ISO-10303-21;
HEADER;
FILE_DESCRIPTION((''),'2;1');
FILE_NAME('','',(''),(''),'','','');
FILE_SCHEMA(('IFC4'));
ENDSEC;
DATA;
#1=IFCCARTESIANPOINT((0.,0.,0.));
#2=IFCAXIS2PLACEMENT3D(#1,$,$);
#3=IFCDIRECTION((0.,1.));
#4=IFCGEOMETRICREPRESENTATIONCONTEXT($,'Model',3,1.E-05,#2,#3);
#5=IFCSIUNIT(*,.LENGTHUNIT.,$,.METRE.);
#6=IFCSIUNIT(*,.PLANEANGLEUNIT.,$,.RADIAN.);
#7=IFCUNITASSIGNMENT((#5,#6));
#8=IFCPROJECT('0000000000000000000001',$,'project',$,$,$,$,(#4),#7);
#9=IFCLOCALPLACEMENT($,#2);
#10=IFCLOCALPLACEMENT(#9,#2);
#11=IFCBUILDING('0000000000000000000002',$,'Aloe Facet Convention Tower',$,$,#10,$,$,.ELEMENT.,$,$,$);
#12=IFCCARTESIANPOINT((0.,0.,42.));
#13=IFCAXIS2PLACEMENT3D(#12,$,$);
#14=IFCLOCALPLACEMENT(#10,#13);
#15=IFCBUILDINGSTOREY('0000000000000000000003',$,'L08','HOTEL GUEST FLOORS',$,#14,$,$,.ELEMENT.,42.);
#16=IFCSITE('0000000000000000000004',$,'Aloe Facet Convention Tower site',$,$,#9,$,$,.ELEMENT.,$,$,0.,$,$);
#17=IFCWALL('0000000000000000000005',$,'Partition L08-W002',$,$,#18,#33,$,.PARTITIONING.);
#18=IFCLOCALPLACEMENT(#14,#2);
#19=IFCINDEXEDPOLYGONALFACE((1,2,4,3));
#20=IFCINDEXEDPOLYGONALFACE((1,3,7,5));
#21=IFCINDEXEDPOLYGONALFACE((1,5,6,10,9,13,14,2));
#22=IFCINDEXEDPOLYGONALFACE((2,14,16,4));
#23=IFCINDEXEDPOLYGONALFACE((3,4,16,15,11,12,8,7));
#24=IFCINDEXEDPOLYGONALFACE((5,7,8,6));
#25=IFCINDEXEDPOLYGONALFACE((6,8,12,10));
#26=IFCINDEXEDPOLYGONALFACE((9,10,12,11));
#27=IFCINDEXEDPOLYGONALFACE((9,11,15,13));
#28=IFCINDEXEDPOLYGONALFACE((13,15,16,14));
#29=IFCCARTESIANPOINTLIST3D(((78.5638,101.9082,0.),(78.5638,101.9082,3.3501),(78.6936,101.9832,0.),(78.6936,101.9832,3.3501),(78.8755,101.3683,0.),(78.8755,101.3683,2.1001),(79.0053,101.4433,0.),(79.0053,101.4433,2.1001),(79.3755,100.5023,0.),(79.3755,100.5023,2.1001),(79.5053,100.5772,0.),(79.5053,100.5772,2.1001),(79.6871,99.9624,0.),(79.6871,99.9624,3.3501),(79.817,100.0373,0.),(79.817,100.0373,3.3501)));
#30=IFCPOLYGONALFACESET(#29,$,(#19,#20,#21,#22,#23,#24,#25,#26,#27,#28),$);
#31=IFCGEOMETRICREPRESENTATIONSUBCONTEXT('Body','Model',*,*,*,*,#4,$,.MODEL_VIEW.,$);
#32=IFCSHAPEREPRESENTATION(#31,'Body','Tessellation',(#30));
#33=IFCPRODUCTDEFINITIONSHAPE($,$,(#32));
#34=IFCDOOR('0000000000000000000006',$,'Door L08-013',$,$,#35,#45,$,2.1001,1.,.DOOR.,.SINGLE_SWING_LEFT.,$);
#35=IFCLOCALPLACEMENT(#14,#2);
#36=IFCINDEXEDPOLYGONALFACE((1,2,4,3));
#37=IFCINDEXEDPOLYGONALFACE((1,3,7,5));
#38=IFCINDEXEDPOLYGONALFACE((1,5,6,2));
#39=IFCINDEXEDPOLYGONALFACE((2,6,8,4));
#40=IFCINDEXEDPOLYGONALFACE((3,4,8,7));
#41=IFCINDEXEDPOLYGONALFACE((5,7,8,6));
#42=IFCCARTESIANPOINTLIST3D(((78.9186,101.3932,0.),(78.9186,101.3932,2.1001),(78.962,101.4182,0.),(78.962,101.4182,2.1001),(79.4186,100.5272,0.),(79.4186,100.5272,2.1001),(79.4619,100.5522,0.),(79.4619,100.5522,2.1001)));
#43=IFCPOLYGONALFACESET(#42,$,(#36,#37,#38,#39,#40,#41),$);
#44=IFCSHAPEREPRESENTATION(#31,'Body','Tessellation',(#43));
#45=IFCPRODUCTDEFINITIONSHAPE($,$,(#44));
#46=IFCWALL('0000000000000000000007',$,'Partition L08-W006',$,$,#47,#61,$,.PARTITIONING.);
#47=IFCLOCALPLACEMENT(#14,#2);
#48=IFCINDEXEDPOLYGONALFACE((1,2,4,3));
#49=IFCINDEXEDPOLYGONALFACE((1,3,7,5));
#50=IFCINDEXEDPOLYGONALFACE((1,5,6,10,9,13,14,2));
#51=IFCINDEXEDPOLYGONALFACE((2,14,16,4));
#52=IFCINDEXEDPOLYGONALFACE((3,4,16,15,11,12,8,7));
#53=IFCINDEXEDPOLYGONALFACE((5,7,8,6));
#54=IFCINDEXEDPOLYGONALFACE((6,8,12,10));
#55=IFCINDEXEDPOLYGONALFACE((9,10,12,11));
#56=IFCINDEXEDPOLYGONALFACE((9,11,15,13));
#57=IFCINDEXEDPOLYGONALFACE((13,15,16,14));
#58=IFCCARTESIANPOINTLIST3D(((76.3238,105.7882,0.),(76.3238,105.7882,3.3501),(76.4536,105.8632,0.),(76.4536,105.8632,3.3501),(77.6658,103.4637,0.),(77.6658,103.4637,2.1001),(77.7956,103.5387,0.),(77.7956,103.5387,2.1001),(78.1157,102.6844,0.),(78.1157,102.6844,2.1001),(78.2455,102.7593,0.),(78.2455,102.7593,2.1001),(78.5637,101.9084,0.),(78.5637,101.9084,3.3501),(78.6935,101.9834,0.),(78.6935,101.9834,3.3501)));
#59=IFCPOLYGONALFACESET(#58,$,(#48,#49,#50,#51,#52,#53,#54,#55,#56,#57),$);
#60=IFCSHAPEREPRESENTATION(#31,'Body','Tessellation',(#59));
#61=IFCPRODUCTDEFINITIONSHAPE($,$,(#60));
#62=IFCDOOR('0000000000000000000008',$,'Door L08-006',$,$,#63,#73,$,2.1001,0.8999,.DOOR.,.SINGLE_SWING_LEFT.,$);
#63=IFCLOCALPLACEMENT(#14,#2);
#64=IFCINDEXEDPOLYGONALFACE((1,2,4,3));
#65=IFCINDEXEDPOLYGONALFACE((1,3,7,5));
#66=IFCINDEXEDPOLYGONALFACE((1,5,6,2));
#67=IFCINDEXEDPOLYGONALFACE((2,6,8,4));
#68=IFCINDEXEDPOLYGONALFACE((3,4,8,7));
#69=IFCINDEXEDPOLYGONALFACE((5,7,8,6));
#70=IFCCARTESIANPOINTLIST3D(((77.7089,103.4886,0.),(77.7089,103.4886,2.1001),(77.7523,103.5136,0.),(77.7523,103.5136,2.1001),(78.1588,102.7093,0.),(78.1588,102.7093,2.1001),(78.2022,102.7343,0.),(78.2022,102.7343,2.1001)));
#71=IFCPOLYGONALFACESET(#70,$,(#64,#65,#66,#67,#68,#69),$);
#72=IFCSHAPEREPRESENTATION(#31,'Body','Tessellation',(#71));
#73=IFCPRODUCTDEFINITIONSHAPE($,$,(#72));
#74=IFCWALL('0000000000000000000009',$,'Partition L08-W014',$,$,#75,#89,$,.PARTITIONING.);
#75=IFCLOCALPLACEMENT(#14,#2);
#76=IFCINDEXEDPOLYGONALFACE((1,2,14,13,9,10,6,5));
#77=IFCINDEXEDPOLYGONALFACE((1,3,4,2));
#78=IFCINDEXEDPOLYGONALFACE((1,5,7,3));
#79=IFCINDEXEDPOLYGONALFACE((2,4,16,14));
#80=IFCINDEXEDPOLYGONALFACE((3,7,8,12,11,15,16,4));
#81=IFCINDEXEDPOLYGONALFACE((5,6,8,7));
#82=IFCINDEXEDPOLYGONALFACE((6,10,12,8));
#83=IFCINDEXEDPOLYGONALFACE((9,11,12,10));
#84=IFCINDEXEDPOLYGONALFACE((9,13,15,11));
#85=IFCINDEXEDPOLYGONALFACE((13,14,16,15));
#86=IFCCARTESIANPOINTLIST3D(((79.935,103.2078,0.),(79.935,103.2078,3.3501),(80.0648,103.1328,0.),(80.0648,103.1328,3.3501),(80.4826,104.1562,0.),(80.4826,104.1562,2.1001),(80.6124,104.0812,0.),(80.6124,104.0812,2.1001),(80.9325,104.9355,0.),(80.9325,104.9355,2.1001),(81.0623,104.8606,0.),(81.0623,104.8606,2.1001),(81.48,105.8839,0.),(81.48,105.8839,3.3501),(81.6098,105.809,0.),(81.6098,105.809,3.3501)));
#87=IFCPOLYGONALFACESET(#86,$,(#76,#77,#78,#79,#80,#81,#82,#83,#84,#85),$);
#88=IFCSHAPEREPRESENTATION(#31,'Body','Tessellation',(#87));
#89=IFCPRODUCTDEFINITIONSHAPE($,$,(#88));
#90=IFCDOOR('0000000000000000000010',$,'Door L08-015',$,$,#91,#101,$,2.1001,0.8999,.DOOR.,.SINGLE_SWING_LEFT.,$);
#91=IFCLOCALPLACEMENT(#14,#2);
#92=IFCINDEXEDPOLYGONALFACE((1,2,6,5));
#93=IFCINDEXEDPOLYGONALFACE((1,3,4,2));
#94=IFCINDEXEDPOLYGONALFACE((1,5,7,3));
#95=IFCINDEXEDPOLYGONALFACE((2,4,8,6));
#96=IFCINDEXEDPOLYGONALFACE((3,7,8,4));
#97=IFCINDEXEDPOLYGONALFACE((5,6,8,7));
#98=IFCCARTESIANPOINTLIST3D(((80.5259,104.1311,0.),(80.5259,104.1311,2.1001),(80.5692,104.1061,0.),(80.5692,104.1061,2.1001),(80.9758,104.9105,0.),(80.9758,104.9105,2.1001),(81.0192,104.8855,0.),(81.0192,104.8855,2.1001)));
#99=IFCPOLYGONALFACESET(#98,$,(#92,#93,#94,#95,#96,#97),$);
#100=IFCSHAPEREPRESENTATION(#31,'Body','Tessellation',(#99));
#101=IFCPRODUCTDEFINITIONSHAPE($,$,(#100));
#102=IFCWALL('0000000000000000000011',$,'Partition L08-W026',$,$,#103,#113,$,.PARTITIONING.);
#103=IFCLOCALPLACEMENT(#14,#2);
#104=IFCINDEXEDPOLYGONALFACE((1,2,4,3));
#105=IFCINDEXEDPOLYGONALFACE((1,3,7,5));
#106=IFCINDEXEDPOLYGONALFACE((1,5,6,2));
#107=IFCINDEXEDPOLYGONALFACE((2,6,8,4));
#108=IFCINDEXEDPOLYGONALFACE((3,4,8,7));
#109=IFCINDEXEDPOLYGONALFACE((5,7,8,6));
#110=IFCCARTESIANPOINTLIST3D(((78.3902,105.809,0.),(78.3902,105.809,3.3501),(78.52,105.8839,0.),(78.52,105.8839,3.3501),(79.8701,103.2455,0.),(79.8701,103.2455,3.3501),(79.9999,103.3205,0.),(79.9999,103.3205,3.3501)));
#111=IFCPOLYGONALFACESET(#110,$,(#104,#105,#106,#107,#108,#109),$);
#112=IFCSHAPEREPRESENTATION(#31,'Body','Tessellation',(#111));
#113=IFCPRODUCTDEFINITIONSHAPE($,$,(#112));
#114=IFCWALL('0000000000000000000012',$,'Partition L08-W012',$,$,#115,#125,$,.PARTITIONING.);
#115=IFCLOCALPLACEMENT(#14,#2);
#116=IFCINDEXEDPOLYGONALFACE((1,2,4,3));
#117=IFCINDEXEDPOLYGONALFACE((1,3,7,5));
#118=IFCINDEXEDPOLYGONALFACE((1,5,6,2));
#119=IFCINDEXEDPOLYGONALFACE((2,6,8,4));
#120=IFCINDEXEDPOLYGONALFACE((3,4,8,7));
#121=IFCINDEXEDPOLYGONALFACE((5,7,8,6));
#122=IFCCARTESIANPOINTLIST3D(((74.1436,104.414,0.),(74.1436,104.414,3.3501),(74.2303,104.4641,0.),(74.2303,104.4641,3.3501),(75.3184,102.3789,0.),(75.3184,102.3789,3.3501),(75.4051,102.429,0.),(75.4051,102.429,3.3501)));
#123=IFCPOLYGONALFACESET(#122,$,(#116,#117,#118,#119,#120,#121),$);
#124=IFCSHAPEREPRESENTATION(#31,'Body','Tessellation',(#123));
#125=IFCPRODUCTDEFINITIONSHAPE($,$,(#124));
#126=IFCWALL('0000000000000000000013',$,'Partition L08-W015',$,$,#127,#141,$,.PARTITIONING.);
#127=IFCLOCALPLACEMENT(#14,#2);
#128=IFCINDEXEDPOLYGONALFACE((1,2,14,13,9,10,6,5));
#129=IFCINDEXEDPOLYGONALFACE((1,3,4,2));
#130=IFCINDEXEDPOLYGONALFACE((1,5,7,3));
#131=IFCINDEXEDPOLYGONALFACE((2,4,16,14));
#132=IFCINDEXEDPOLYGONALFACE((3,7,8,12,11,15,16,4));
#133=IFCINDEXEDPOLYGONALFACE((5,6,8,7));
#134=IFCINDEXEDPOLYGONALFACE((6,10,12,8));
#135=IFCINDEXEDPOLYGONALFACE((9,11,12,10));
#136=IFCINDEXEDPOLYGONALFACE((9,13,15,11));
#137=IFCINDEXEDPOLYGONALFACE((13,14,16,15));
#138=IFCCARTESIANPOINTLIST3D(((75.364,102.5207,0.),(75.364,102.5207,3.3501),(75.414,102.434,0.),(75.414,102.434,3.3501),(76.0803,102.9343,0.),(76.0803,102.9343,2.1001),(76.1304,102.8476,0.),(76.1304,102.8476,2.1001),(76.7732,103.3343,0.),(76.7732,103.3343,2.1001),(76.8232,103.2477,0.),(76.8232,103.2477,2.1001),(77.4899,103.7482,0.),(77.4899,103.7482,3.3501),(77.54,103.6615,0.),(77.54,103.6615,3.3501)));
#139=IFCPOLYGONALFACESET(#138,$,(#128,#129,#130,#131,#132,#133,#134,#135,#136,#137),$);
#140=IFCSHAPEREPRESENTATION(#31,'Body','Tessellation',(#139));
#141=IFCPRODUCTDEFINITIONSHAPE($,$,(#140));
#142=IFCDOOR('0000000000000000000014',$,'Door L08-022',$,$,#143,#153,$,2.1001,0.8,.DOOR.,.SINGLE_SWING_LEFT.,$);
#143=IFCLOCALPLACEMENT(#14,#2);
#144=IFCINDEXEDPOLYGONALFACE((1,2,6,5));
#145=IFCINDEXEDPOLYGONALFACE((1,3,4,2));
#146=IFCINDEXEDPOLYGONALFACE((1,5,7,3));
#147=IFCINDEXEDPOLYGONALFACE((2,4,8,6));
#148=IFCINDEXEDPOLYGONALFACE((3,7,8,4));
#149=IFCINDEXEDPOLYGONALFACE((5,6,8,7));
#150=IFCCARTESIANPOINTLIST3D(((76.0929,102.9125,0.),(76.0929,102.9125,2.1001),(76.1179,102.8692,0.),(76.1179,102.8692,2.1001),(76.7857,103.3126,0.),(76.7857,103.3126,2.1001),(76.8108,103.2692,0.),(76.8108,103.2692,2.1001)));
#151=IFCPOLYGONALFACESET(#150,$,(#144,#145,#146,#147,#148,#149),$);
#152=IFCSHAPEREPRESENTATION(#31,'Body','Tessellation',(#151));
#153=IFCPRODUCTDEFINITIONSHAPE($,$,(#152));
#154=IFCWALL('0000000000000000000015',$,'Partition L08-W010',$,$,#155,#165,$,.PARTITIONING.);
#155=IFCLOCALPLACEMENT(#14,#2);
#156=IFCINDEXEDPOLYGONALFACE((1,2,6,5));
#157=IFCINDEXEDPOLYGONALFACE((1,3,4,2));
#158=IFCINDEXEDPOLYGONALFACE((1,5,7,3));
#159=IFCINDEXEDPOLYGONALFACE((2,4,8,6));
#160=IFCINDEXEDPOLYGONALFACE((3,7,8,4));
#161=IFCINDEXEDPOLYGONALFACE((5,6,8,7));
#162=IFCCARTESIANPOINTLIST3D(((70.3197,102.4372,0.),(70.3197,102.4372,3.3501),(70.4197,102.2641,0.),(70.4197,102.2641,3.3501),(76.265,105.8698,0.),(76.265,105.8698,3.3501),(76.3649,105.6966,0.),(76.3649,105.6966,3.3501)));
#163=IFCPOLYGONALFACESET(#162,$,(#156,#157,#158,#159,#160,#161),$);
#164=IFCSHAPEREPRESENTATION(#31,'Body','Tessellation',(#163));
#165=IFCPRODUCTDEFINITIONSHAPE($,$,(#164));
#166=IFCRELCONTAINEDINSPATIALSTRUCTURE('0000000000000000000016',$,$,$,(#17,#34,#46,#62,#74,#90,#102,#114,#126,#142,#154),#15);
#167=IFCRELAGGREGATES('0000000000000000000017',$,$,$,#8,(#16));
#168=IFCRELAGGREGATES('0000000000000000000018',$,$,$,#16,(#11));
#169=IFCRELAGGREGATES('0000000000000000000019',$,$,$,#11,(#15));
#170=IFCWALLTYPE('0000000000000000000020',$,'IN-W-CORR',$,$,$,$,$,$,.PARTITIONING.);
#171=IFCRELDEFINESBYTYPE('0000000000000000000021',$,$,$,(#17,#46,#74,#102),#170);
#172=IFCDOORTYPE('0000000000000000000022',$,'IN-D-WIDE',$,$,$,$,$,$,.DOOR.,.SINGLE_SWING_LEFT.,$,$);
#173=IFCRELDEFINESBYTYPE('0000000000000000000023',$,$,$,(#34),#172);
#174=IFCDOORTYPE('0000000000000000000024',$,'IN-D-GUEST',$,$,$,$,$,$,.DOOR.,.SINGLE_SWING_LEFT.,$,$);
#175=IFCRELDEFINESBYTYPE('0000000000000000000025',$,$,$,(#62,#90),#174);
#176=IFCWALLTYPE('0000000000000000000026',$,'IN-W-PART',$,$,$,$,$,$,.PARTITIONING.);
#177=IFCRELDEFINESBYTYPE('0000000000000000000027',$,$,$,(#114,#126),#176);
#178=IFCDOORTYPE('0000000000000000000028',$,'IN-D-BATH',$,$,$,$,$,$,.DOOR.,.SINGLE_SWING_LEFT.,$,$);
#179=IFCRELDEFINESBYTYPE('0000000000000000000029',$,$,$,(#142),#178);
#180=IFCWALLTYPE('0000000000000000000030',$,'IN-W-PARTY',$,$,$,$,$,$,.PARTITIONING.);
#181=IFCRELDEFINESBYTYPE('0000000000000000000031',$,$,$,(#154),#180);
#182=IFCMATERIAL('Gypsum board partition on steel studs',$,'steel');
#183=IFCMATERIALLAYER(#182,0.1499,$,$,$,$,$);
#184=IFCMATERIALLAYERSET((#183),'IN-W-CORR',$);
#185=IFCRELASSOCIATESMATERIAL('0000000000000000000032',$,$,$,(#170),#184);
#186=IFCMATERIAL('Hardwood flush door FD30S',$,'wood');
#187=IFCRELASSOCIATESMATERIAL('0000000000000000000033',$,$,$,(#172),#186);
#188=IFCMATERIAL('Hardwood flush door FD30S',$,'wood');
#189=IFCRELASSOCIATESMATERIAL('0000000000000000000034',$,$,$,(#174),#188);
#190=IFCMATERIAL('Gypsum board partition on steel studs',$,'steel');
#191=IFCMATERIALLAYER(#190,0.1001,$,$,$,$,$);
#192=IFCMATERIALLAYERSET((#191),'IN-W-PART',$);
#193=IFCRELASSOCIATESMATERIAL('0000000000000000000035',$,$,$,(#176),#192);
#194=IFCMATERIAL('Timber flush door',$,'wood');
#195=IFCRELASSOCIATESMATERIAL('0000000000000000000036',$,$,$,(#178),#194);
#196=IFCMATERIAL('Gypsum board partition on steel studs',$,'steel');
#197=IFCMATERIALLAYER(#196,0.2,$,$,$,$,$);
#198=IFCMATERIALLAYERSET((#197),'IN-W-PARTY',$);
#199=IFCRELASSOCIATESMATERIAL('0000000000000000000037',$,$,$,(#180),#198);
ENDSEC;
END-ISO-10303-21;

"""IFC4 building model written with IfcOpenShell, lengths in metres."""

from ifc_helpers import new_model, si_unit, direction, frame, frame_2d, origin, place, context, subcontext, project, spatial, rectangle, extrude, material, layer, layer_set, type_object, element, fill, save


model = new_model("IFC4")

# Units and contexts
model_context = context("Model", 3, precision=1e-05, world=origin(), true_north=direction((0.0, 1.0)))
body_context = subcontext(model_context, "Body", "Model", "MODEL_VIEW")
ifc_project = project(units=[si_unit("LENGTHUNIT", "METRE"), si_unit("PLANEANGLEUNIT", "RADIAN")], contexts=[model_context])

# Site, building, storey
site_placement = place(None, origin())
site = spatial("IfcSite", under=ifc_project, at=site_placement, Name="Aloe Facet Convention Tower site", CompositionType="ELEMENT", RefElevation=0.0)
building_placement = place(site_placement, origin())
building = spatial("IfcBuilding", under=site, at=building_placement, Name="Aloe Facet Convention Tower", CompositionType="ELEMENT")
storey_placement = place(building_placement, frame((0.0, 0.0, 42.0)))
storey = spatial("IfcBuildingStorey", under=building, at=storey_placement, Name="L08", Description="HOTEL GUEST FLOORS", CompositionType="ELEMENT", Elevation=42.0)

# Walls, openings, doors
ifc_material_1 = material(Name="Gypsum board partition on steel studs", Category="steel")
ifc_layer_1 = layer(ifc_material_1, 0.1499)
ifc_layer_set_1 = layer_set([ifc_layer_1], Name="IN-W-CORR")
wall_type_1 = type_object("IfcWallType", Name="IN-W-CORR", PredefinedType="PARTITIONING", material=ifc_layer_set_1)
wall_1_placement = place(storey_placement, frame((78.6287, 101.9458, 0.0), z_axis=(0.0, 0.0, 1.0), x_axis=(0.499961, -0.866048, 0.0)))
wall_1 = element("IfcWall", 1, at=wall_1_placement, inside=storey, type_object=wall_type_1, Name="Partition L08-W002", PredefinedType="PARTITIONING", context=body_context, shape_type="SweptSolid", body=[
    extrude(rectangle(XDim=2.2468, YDim=0.1499, at=frame_2d((1.1235, 0.0))), origin(), (0.0, 0.0, 1.0), 3.3501),
])
opening_1_placement = place(wall_1_placement, frame((0.6235, 0.0, 0.0)))
opening_1 = element("IfcOpeningElement", 2, at=opening_1_placement, cuts=wall_1, PredefinedType="OPENING", context=body_context, shape_type="SweptSolid", body=[
    extrude(rectangle(XDim=1.0, YDim=2.1001, at=frame_2d((0.5, 1.05))), frame((0.0, 0.085, 0.0), z_axis=(0.0, -1.0, 0.0), x_axis=(1.0, 0.0, 0.0)), (0.0, 0.0, 1.0), 0.1699),
])
ifc_material_2 = material(Name="Hardwood flush door FD30S", Category="wood")
door_type_1 = type_object("IfcDoorType", Name="IN-D-WIDE", OperationType="SINGLE_SWING_LEFT", PredefinedType="DOOR", material=ifc_material_2)
door_1_placement = place(opening_1_placement, origin())
door_1 = element("IfcDoor", 3, at=door_1_placement, inside=storey, type_object=door_type_1, Name="Door L08-013", OperationType="SINGLE_SWING_LEFT", OverallHeight=2.1001, OverallWidth=1.0, PredefinedType="DOOR", context=body_context, shape_type="SweptSolid", body=[
    extrude(rectangle(XDim=1.0, YDim=2.1001, at=frame_2d((0.5, 1.05))), frame((0.0, 0.0249, 0.0), z_axis=(0.0, -1.0, 0.0), x_axis=(1.0, 0.0, 0.0)), (0.0, 0.0, 1.0), 0.05),
])
fill(opening_1, door_1)
wall_2_placement = place(storey_placement, frame((76.3887, 105.8257, 0.0), z_axis=(0.0, 0.0, 1.0), x_axis=(0.49999, -0.866031, 0.0)))
wall_2 = element("IfcWall", 4, at=wall_2_placement, inside=storey, type_object=wall_type_1, Name="Partition L08-W006", PredefinedType="PARTITIONING", context=body_context, shape_type="SweptSolid", body=[
    extrude(rectangle(XDim=4.48, YDim=0.1499, at=frame_2d((2.24, 0.0))), origin(), (0.0, 0.0, 1.0), 3.3501),
])
opening_2_placement = place(wall_2_placement, frame((2.6841, 0.0, 0.0)))
opening_2 = element("IfcOpeningElement", 5, at=opening_2_placement, cuts=wall_2, PredefinedType="OPENING", context=body_context, shape_type="SweptSolid", body=[
    extrude(rectangle(XDim=0.8999, YDim=2.1001, at=frame_2d((0.45, 1.05))), frame((0.0, 0.085, 0.0), z_axis=(0.0, -1.0, 0.0), x_axis=(1.0, 0.0, 0.0)), (0.0, 0.0, 1.0), 0.1699),
])
ifc_material_3 = material(Name="Hardwood flush door FD30S", Category="wood")
door_type_2 = type_object("IfcDoorType", Name="IN-D-GUEST", OperationType="SINGLE_SWING_LEFT", PredefinedType="DOOR", material=ifc_material_3)
door_2_placement = place(opening_2_placement, origin())
door_2 = element("IfcDoor", 6, at=door_2_placement, inside=storey, type_object=door_type_2, Name="Door L08-006", OperationType="SINGLE_SWING_LEFT", OverallHeight=2.1001, OverallWidth=0.8999, PredefinedType="DOOR", context=body_context, shape_type="SweptSolid", body=[
    extrude(rectangle(XDim=0.8999, YDim=2.1001, at=frame_2d((0.45, 1.05))), frame((0.0, 0.0249, 0.0), z_axis=(0.0, -1.0, 0.0), x_axis=(1.0, 0.0, 0.0)), (0.0, 0.0, 1.0), 0.05),
])
fill(opening_2, door_2)
wall_3_placement = place(storey_placement, frame((80.0, 103.1704, 0.0), z_axis=(0.0, 0.0, 1.0), x_axis=(0.49998, 0.866037, 0.0)))
wall_3 = element("IfcWall", 7, at=wall_3_placement, inside=storey, type_object=wall_type_1, Name="Partition L08-W014", PredefinedType="PARTITIONING", context=body_context, shape_type="SweptSolid", body=[
    extrude(rectangle(XDim=3.0901, YDim=0.1499, at=frame_2d((1.5449, 0.0))), origin(), (0.0, 0.0, 1.0), 3.3501),
])
opening_3_placement = place(wall_3_placement, frame((1.095, 0.0, 0.0)))
opening_3 = element("IfcOpeningElement", 8, at=opening_3_placement, cuts=wall_3, PredefinedType="OPENING", context=body_context, shape_type="SweptSolid", body=[
    extrude(rectangle(XDim=0.8999, YDim=2.1001, at=frame_2d((0.45, 1.05))), frame((0.0, 0.085, 0.0), z_axis=(0.0, -1.0, 0.0), x_axis=(1.0, 0.0, 0.0)), (0.0, 0.0, 1.0), 0.1699),
])
door_3_placement = place(opening_3_placement, origin())
door_3 = element("IfcDoor", 9, at=door_3_placement, inside=storey, type_object=door_type_2, Name="Door L08-015", OperationType="SINGLE_SWING_LEFT", OverallHeight=2.1001, OverallWidth=0.8999, PredefinedType="DOOR", context=body_context, shape_type="SweptSolid", body=[
    extrude(rectangle(XDim=0.8999, YDim=2.1001, at=frame_2d((0.45, 1.05))), frame((0.0, 0.0249, 0.0), z_axis=(0.0, -1.0, 0.0), x_axis=(1.0, 0.0, 0.0)), (0.0, 0.0, 1.0), 0.05),
])
fill(opening_3, door_3)

# Walls
wall_4_placement = place(storey_placement, frame((78.4551, 105.8464, 0.0), z_axis=(0.0, 0.0, 1.0), x_axis=(0.499989, -0.866032, 0.0)))
element("IfcWall", 10, at=wall_4_placement, inside=storey, type_object=wall_type_1, Name="Partition L08-W026", PredefinedType="PARTITIONING", context=body_context, shape_type="SweptSolid", body=[
    extrude(rectangle(XDim=2.96, YDim=0.1499, at=frame_2d((1.48, 0.0))), origin(), (0.0, 0.0, 1.0), 3.3501),
])
ifc_material_4 = material(Name="Gypsum board partition on steel studs", Category="steel")
ifc_layer_2 = layer(ifc_material_4, 0.1001)
ifc_layer_set_2 = layer_set([ifc_layer_2], Name="IN-W-PART")
wall_type_2 = type_object("IfcWallType", Name="IN-W-PART", PredefinedType="PARTITIONING", material=ifc_layer_set_2)
wall_5_placement = place(storey_placement, frame((74.187, 104.439, 0.0), z_axis=(0.0, 0.0, 1.0), x_axis=(0.499938, -0.866061, 0.0)))
element("IfcWall", 11, at=wall_5_placement, inside=storey, type_object=wall_type_2, Name="Partition L08-W012", PredefinedType="PARTITIONING", context=body_context, shape_type="SweptSolid", body=[
    extrude(rectangle(XDim=2.3499, YDim=0.1001, at=frame_2d((1.1748, 0.0))), origin(), (0.0, 0.0, 1.0), 3.3501),
])

# Wall, opening, door
wall_6_placement = place(storey_placement, frame((75.3889, 102.4773, 0.0), z_axis=(0.0, 0.0, 1.0), x_axis=(0.866007, 0.500032, 0.0)))
wall_6 = element("IfcWall", 12, at=wall_6_placement, inside=storey, type_object=wall_type_2, Name="Partition L08-W015", PredefinedType="PARTITIONING", context=body_context, shape_type="SweptSolid", body=[
    extrude(rectangle(XDim=2.4548, YDim=0.1001, at=frame_2d((1.2275, 0.0))), origin(), (0.0, 0.0, 1.0), 3.3501),
])
opening_4_placement = place(wall_6_placement, frame((0.8274, 0.0, 0.0)))
opening_4 = element("IfcOpeningElement", 13, at=opening_4_placement, cuts=wall_6, PredefinedType="OPENING", context=body_context, shape_type="SweptSolid", body=[
    extrude(rectangle(XDim=0.8, YDim=2.1001, at=frame_2d((0.3999, 1.05))), frame((0.0, 0.0601, 0.0), z_axis=(0.0, -1.0, 0.0), x_axis=(1.0, 0.0, 0.0)), (0.0, 0.0, 1.0), 0.1201),
])
ifc_material_5 = material(Name="Timber flush door", Category="wood")
door_type_3 = type_object("IfcDoorType", Name="IN-D-BATH", OperationType="SINGLE_SWING_LEFT", PredefinedType="DOOR", material=ifc_material_5)
door_4_placement = place(opening_4_placement, origin())
door_4 = element("IfcDoor", 14, at=door_4_placement, inside=storey, type_object=door_type_3, Name="Door L08-022", OperationType="SINGLE_SWING_LEFT", OverallHeight=2.1001, OverallWidth=0.8, PredefinedType="DOOR", context=body_context, shape_type="SweptSolid", body=[
    extrude(rectangle(XDim=0.8, YDim=2.1001, at=frame_2d((0.3999, 1.05))), frame((0.0, 0.0249, 0.0), z_axis=(0.0, -1.0, 0.0), x_axis=(1.0, 0.0, 0.0)), (0.0, 0.0, 1.0), 0.05),
])
fill(opening_4, door_4)

# Wall
ifc_material_6 = material(Name="Gypsum board partition on steel studs", Category="steel")
ifc_layer_3 = layer(ifc_material_6, 0.2)
ifc_layer_set_3 = layer_set([ifc_layer_3], Name="IN-W-PARTY")
wall_type_3 = type_object("IfcWallType", Name="IN-W-PARTY", PredefinedType="PARTITIONING", material=ifc_layer_set_3)
wall_7_placement = place(storey_placement, frame((70.3696, 102.3506, 0.0), z_axis=(0.0, 0.0, 1.0), x_axis=(0.86602, 0.50001, 0.0)))
element("IfcWall", 15, at=wall_7_placement, inside=storey, type_object=wall_type_3, Name="Partition L08-W010", PredefinedType="PARTITIONING", context=body_context, shape_type="SweptSolid", body=[
    extrude(rectangle(XDim=6.865, YDim=0.2, at=frame_2d((3.4326, 0.0))), origin(), (0.0, 0.0, 1.0), 3.3501),
])

save(model, "model.ifc")
